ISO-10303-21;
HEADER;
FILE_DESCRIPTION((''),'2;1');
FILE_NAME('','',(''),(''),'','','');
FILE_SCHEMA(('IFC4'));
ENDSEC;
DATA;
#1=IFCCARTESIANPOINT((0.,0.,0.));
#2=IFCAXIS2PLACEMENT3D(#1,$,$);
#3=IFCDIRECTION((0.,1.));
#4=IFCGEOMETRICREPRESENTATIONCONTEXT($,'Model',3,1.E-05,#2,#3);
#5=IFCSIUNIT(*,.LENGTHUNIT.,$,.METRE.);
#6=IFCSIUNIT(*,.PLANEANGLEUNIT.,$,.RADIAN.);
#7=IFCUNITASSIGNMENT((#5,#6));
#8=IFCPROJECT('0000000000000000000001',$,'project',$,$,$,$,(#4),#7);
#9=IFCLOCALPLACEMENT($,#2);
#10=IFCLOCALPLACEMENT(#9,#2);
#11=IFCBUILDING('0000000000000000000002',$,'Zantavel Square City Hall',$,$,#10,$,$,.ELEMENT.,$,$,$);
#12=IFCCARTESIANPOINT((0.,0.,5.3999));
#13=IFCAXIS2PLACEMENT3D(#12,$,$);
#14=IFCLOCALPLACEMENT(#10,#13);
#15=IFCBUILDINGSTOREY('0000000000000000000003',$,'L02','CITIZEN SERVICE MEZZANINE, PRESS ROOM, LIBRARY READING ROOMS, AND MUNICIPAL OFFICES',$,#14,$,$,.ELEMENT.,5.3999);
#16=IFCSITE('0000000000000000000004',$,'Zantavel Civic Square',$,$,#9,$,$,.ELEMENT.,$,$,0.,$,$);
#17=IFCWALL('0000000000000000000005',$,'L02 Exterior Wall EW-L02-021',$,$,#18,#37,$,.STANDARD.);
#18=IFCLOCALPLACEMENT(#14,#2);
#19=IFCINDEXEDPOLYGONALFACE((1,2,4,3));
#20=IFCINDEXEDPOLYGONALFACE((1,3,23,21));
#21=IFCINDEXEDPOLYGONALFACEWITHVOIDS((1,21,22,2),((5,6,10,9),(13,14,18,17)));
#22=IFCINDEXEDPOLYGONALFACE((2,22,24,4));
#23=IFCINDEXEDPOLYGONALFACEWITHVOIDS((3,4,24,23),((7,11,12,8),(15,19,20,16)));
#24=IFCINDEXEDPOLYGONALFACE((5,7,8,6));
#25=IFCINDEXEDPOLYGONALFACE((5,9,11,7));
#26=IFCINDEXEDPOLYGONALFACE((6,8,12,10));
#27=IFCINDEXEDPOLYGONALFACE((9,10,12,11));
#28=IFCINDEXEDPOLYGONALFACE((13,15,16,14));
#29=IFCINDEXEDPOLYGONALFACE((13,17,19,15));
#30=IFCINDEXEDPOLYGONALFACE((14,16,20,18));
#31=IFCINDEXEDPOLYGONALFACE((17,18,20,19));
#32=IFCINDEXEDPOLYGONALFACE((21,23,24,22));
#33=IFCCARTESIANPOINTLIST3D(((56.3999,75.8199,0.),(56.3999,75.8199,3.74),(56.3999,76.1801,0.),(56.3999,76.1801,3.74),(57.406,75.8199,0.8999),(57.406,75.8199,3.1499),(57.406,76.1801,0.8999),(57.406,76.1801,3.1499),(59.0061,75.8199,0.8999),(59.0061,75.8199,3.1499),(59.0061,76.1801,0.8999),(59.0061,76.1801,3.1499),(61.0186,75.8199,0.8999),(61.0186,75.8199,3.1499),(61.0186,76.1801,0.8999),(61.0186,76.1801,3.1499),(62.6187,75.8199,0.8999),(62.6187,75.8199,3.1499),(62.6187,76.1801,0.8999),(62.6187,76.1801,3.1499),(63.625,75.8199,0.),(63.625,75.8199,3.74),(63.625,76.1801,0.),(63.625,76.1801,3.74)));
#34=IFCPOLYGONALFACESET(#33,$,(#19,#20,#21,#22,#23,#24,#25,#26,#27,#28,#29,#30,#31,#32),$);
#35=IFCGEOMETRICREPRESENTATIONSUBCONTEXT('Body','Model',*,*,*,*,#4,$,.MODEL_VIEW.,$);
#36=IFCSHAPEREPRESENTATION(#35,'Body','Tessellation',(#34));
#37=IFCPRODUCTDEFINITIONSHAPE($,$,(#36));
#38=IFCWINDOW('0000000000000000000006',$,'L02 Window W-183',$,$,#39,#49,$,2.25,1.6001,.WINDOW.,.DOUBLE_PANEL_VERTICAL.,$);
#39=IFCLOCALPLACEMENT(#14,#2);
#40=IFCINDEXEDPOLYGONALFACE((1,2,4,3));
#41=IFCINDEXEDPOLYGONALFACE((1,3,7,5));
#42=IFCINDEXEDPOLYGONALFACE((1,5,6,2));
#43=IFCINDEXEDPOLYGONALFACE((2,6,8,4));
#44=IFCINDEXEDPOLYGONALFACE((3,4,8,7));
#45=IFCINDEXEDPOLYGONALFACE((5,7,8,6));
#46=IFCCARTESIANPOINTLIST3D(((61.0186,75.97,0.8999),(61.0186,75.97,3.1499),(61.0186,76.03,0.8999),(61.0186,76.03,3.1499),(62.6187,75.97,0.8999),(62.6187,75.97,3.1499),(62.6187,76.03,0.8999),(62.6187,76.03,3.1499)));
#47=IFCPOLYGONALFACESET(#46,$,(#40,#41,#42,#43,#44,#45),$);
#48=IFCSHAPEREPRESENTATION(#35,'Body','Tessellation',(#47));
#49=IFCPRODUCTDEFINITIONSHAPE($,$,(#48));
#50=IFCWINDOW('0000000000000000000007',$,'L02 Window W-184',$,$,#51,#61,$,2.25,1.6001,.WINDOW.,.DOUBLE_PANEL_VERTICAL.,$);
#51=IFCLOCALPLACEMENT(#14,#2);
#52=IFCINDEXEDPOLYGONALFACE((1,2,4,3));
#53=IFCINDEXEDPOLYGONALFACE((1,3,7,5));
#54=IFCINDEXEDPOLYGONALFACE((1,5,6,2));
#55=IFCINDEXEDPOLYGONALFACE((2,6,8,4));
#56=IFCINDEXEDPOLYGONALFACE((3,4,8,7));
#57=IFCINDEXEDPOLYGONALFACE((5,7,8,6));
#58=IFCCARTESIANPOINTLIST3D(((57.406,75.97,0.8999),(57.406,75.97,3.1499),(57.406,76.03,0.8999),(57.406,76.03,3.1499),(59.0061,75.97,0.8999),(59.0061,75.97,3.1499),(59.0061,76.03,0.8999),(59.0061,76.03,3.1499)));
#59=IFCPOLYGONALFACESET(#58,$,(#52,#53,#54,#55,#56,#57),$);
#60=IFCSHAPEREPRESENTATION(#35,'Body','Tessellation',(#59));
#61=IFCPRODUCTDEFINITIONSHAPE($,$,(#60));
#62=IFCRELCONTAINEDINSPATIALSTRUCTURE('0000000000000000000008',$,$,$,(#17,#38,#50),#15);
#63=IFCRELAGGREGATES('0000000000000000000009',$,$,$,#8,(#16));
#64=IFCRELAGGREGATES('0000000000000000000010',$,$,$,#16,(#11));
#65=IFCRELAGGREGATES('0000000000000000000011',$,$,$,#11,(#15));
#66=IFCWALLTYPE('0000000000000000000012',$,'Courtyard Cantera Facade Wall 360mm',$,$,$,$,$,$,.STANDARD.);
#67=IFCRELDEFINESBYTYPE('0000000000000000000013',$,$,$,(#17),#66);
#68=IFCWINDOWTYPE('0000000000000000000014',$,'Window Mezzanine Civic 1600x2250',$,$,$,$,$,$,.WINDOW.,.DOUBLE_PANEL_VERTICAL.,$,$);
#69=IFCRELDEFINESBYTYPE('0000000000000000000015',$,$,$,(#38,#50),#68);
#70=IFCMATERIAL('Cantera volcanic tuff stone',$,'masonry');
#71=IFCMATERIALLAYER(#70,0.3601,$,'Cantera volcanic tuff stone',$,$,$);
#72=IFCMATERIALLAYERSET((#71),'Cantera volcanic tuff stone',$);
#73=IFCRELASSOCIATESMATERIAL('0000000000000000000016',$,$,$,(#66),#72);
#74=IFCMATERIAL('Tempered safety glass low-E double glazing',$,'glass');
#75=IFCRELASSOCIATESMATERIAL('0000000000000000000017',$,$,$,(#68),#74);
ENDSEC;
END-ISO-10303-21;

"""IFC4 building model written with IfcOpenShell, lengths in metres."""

from ifc_helpers import new_model, si_unit, direction, frame, frame_2d, origin, place, context, subcontext, project, spatial, rectangle, extrude, material, layer, layer_set, type_object, element, fill, save


model = new_model("IFC4")

# Units and contexts
model_context = context("Model", 3, precision=1e-05, world=origin(), true_north=direction((0.0, 1.0)))
body_context = subcontext(model_context, "Body", "Model", "MODEL_VIEW")
ifc_project = project(units=[si_unit("LENGTHUNIT", "METRE"), si_unit("PLANEANGLEUNIT", "RADIAN")], contexts=[model_context])

# Site, building, storey
site_placement = place(None, origin())
site = spatial("IfcSite", under=ifc_project, at=site_placement, Name="Zantavel Civic Square", CompositionType="ELEMENT", RefElevation=0.0)
building_placement = place(site_placement, origin())
building = spatial("IfcBuilding", under=site, at=building_placement, Name="Zantavel Square City Hall", CompositionType="ELEMENT")
storey_placement = place(building_placement, frame((0.0, 0.0, 5.3999)))
storey = spatial("IfcBuildingStorey", under=building, at=storey_placement, Name="L02", Description="CITIZEN SERVICE MEZZANINE, PRESS ROOM, LIBRARY READING ROOMS, AND MUNICIPAL OFFICES", CompositionType="ELEMENT", Elevation=5.3999)

# Shared definitions
ifc_material_1 = material(Name="Tempered safety glass low-E double glazing", Category="glass")

# Wall, openings, windows
ifc_material_2 = material(Name="Cantera volcanic tuff stone", Category="masonry")
ifc_layer_1 = layer(ifc_material_2, 0.3601, Name="Cantera volcanic tuff stone")
ifc_layer_set_1 = layer_set([ifc_layer_1], Name="Cantera volcanic tuff stone")
wall_type = type_object("IfcWallType", Name="Courtyard Cantera Facade Wall 360mm", PredefinedType="STANDARD", material=ifc_layer_set_1)
wall_placement = place(storey_placement, frame((63.625, 76.0, 0.0), z_axis=(0.0, 0.0, 1.0), x_axis=(-1.0, 0.0, 0.0)))
wall = element("IfcWall", 1, at=wall_placement, inside=storey, type_object=wall_type, Name="L02 Exterior Wall EW-L02-021", PredefinedType="STANDARD", context=body_context, shape_type="SweptSolid", body=[
    extrude(rectangle(XDim=7.2251, YDim=0.3601, at=frame_2d((3.6125, 0.0))), origin(), (0.0, 0.0, 1.0), 3.74),
])
opening_1_placement = place(wall_placement, frame((1.0063, 0.0, 0.8999)))
opening_1 = element("IfcOpeningElement", 2, at=opening_1_placement, cuts=wall, PredefinedType="OPENING", context=body_context, shape_type="SweptSolid", body=[
    extrude(rectangle(XDim=1.6001, YDim=2.25, at=frame_2d((0.8, 1.125))), frame((0.0, 0.1899, 0.0), z_axis=(0.0, -1.0, 0.0), x_axis=(1.0, 0.0, 0.0)), (0.0, 0.0, 1.0), 0.3801),
])
opening_2_placement = place(wall_placement, frame((4.6189, 0.0, 0.8999)))
opening_2 = element("IfcOpeningElement", 3, at=opening_2_placement, cuts=wall, PredefinedType="OPENING", context=body_context, shape_type="SweptSolid", body=[
    extrude(rectangle(XDim=1.6001, YDim=2.25, at=frame_2d((0.8, 1.125))), frame((0.0, 0.1899, 0.0), z_axis=(0.0, -1.0, 0.0), x_axis=(1.0, 0.0, 0.0)), (0.0, 0.0, 1.0), 0.3801),
])
window_type = type_object("IfcWindowType", Name="Window Mezzanine Civic 1600x2250", PartitioningType="DOUBLE_PANEL_VERTICAL", PredefinedType="WINDOW", material=ifc_material_1)
window_1_placement = place(opening_1_placement, origin())
window_1 = element("IfcWindow", 4, at=window_1_placement, inside=storey, type_object=window_type, Name="L02 Window W-183", OverallHeight=2.25, OverallWidth=1.6001, PartitioningType="DOUBLE_PANEL_VERTICAL", PredefinedType="WINDOW", context=body_context, shape_type="SweptSolid", body=[
    extrude(rectangle(XDim=1.6001, YDim=2.25, at=frame_2d((0.8, 1.125))), frame((0.0, 0.03, 0.0), z_axis=(0.0, -1.0, 0.0), x_axis=(1.0, 0.0, 0.0)), (0.0, 0.0, 1.0), 0.0601),
])
fill(opening_1, window_1)
window_2_placement = place(opening_2_placement, origin())
window_2 = element("IfcWindow", 5, at=window_2_placement, inside=storey, type_object=window_type, Name="L02 Window W-184", OverallHeight=2.25, OverallWidth=1.6001, PartitioningType="DOUBLE_PANEL_VERTICAL", PredefinedType="WINDOW", context=body_context, shape_type="SweptSolid", body=[
    extrude(rectangle(XDim=1.6001, YDim=2.25, at=frame_2d((0.8, 1.125))), frame((0.0, 0.03, 0.0), z_axis=(0.0, -1.0, 0.0), x_axis=(1.0, 0.0, 0.0)), (0.0, 0.0, 1.0), 0.0601),
])
fill(opening_2, window_2)

save(model, "model.ifc")
